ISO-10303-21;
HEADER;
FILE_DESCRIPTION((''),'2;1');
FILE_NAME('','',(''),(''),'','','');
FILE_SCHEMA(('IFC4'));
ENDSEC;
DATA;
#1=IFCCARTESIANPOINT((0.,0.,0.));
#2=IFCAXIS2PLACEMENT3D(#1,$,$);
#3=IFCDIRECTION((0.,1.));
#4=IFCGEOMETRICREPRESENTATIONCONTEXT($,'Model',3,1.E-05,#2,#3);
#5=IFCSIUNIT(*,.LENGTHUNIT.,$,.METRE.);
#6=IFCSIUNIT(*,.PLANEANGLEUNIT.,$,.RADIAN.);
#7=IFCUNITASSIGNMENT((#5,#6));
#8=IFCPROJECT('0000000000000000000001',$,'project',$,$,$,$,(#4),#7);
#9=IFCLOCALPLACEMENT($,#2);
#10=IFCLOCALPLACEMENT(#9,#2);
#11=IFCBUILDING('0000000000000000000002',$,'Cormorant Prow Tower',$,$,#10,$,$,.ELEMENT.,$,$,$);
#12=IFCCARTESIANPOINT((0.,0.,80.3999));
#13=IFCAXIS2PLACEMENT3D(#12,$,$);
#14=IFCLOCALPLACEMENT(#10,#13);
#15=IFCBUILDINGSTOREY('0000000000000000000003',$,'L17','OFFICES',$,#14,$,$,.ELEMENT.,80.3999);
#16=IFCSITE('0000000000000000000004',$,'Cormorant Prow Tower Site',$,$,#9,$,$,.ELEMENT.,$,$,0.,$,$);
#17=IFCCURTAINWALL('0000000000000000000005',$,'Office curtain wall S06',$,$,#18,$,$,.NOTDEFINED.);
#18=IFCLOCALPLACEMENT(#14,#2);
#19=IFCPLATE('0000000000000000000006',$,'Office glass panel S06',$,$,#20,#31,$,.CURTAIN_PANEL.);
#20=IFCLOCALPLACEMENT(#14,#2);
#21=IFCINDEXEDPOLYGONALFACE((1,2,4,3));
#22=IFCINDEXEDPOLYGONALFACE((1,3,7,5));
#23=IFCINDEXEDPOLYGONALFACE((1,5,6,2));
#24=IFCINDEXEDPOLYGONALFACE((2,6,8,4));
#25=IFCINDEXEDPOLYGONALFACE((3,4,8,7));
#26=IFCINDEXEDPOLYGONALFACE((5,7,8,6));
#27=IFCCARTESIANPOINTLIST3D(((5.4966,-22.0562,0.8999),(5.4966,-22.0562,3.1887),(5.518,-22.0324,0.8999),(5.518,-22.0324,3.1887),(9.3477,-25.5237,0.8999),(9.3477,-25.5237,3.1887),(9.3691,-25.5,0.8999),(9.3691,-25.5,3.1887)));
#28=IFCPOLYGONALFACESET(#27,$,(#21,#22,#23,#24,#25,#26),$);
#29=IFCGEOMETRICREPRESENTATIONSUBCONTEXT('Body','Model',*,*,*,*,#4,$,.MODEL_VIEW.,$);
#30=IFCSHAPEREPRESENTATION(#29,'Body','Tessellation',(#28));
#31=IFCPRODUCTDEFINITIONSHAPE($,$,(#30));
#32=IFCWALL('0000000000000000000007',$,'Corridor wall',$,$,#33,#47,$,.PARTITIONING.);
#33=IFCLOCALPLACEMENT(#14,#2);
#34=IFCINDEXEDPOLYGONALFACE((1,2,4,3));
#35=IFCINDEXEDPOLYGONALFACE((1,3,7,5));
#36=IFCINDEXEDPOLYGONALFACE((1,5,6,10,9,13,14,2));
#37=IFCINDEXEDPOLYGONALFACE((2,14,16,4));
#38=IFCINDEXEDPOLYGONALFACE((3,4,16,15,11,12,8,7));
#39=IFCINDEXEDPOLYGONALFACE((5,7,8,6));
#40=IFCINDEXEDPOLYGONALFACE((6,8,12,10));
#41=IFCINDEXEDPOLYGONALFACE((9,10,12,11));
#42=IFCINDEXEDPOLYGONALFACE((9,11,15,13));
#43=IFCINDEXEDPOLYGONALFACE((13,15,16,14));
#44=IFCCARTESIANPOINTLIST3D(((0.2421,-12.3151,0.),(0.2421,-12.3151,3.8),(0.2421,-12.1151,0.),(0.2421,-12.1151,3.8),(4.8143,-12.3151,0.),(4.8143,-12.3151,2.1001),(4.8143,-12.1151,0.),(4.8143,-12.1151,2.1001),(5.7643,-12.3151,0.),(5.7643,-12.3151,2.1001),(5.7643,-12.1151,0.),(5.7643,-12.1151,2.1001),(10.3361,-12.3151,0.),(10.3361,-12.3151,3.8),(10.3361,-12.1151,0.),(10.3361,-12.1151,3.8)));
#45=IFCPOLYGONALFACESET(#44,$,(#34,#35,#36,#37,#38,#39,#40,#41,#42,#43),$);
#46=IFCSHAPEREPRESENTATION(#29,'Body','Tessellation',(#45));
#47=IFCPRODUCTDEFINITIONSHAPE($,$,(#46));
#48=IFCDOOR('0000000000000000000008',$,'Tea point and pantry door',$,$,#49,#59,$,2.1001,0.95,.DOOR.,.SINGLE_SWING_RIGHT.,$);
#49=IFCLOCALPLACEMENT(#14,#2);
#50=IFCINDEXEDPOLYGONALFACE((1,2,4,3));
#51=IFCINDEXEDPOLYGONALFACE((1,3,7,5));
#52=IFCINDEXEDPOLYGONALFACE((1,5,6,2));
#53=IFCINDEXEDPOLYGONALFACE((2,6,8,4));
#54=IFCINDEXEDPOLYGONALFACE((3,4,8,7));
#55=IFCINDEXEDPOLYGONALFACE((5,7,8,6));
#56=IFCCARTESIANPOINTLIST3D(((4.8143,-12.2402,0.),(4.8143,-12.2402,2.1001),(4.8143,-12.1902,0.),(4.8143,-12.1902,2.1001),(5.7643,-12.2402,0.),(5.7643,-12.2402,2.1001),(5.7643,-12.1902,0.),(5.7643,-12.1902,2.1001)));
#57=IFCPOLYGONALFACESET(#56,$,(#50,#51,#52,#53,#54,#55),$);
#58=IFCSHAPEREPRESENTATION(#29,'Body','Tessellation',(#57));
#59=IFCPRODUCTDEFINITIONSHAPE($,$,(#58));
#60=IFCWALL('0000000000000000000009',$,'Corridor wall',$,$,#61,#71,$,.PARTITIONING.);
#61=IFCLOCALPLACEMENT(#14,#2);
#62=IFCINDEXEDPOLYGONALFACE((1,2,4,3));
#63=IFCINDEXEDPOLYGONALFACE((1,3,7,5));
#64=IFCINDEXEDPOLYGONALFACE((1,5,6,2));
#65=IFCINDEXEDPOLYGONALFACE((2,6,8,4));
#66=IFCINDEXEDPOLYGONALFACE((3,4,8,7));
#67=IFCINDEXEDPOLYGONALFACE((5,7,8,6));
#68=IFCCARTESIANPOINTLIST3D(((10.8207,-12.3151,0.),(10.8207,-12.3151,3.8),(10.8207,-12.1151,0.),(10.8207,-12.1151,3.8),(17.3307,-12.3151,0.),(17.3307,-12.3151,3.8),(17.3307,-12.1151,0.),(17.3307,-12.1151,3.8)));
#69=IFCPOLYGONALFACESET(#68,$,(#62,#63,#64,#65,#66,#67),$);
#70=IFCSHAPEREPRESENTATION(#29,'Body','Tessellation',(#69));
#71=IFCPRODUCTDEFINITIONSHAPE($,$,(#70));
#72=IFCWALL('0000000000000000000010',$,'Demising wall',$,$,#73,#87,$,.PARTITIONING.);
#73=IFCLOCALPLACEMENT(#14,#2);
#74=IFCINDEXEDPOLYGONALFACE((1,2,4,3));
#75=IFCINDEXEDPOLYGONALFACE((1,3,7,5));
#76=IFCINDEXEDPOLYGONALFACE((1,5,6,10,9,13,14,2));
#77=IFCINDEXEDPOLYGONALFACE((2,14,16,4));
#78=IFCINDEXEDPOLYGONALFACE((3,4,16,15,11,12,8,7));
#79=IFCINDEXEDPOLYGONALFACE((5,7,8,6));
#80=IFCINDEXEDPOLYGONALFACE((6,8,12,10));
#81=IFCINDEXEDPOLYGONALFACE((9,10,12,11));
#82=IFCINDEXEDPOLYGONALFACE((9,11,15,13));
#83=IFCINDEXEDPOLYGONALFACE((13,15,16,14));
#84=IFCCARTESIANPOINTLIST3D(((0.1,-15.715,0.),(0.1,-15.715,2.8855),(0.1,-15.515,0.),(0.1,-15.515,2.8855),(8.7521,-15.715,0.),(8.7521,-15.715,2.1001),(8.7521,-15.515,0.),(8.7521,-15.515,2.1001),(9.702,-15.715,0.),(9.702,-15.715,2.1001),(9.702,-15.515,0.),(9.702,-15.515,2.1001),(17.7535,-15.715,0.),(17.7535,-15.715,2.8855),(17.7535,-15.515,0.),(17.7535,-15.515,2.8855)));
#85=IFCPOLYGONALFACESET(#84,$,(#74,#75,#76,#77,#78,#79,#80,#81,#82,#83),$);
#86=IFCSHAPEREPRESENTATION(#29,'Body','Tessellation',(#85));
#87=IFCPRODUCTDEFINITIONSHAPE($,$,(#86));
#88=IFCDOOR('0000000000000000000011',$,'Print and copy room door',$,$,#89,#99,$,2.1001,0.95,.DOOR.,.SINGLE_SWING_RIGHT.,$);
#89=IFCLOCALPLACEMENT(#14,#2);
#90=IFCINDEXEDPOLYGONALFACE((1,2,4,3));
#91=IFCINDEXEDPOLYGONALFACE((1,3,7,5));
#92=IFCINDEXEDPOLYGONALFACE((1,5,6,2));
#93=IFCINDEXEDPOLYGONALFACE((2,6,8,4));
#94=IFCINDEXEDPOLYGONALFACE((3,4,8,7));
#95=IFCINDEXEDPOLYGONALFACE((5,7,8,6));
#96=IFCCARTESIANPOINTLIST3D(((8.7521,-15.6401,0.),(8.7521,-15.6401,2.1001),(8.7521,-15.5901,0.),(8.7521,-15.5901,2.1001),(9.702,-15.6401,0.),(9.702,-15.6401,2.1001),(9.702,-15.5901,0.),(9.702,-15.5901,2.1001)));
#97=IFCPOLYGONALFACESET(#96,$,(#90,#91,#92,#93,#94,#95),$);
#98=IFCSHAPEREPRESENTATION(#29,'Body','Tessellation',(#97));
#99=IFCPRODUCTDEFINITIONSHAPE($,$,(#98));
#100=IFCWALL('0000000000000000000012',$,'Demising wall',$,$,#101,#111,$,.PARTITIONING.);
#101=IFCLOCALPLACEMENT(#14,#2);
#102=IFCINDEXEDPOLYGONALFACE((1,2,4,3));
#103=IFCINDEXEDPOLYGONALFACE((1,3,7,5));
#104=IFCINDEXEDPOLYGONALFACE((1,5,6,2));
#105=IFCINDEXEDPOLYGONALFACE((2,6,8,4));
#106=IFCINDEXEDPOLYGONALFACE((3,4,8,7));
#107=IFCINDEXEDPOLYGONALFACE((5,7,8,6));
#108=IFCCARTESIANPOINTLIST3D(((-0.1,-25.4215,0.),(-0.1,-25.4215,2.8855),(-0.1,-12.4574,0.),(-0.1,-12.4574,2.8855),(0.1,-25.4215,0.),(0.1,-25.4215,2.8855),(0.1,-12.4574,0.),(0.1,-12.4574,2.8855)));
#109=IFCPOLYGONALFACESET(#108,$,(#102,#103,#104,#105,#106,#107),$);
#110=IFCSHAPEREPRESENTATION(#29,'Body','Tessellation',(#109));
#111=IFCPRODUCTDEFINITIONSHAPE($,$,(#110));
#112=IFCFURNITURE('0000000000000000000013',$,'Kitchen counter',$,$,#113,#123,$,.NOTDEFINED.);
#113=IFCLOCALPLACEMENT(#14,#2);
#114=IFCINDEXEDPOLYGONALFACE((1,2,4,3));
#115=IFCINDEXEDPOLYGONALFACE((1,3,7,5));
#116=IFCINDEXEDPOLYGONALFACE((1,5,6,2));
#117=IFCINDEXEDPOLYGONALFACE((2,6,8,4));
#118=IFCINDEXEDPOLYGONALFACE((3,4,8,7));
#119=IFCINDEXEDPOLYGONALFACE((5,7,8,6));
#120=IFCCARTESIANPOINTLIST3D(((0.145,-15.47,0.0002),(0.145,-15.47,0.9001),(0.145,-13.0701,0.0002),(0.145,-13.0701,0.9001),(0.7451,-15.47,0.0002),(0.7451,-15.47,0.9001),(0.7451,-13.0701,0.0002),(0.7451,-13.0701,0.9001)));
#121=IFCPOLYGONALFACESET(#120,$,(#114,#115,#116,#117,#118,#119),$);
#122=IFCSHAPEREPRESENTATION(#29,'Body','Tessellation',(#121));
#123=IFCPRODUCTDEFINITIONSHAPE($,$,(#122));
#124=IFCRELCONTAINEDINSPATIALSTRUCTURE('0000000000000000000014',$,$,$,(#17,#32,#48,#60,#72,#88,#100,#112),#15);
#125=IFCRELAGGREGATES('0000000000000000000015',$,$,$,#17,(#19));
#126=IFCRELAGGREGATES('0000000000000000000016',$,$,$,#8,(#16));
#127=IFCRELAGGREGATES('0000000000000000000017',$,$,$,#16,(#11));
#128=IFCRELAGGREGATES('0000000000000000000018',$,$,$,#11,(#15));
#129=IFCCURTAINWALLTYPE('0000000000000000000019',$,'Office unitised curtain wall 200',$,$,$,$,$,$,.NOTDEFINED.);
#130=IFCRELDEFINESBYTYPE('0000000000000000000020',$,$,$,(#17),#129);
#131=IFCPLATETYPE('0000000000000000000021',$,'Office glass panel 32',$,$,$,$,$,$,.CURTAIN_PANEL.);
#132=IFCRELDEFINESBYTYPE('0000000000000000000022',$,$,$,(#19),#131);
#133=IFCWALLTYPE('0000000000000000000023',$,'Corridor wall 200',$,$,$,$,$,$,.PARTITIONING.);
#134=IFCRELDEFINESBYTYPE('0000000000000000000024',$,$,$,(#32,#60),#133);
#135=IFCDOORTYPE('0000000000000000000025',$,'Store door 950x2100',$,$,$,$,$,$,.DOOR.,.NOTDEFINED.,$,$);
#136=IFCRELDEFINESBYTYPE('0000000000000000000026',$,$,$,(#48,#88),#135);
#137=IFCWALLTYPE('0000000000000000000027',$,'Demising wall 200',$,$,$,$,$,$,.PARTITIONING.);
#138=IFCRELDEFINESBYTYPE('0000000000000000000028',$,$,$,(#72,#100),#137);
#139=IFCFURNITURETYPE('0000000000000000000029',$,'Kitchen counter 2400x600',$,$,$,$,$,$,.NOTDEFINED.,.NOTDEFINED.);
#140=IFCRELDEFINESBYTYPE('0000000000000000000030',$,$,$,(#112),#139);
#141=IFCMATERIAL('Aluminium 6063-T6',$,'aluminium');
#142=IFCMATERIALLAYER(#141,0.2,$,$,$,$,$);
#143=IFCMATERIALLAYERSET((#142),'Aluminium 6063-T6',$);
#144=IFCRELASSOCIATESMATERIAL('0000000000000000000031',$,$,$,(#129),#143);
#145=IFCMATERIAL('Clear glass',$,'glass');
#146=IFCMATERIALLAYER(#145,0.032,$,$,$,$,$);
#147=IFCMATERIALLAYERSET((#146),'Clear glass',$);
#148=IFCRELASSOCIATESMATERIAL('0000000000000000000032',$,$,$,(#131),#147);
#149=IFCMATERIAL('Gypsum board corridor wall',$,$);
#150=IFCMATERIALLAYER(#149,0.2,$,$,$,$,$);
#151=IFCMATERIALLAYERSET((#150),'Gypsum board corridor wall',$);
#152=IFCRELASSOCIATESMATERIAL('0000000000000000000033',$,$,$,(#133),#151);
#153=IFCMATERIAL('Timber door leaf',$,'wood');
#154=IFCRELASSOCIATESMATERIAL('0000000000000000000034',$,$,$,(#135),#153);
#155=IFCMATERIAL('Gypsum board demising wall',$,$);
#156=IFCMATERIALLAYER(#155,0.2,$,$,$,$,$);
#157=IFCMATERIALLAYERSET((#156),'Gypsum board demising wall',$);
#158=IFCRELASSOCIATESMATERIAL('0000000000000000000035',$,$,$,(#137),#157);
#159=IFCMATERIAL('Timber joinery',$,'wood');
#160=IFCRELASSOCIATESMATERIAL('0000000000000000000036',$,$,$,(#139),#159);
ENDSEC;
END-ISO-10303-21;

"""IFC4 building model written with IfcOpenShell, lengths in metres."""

from ifc_helpers import new_model, si_unit, direction, frame, frame_2d, origin, origin_2d, place, context, subcontext, project, spatial, rectangle, extrude, material, layer, layer_set, type_object, element, fill, aggregate, save


model = new_model("IFC4")

# Units and contexts
model_context = context("Model", 3, precision=1e-05, world=origin(), true_north=direction((0.0, 1.0)))
body_context = subcontext(model_context, "Body", "Model", "MODEL_VIEW")
ifc_project = project(units=[si_unit("LENGTHUNIT", "METRE"), si_unit("PLANEANGLEUNIT", "RADIAN")], contexts=[model_context])

# Site, building, storey
site_placement = place(None, origin())
site = spatial("IfcSite", under=ifc_project, at=site_placement, Name="Cormorant Prow Tower Site", CompositionType="ELEMENT", RefElevation=0.0)
building_placement = place(site_placement, origin())
building = spatial("IfcBuilding", under=site, at=building_placement, Name="Cormorant Prow Tower", CompositionType="ELEMENT")
storey_placement = place(building_placement, frame((0.0, 0.0, 80.3999)))
storey = spatial("IfcBuildingStorey", under=building, at=storey_placement, Name="L17", Description="OFFICES", CompositionType="ELEMENT", Elevation=80.3999)

# Curtain wall
ifc_material_1 = material(Name="Aluminium 6063-T6", Category="aluminium")
ifc_layer_1 = layer(ifc_material_1, 0.2)
ifc_layer_set_1 = layer_set([ifc_layer_1], Name="Aluminium 6063-T6")
curtain_wall_type = type_object("IfcCurtainWallType", Name="Office unitised curtain wall 200", PredefinedType="NOTDEFINED", material=ifc_layer_set_1)
curtain_wall_1_placement = place(storey_placement, origin())
curtain_wall_1 = element("IfcCurtainWall", 1, at=curtain_wall_1_placement, inside=storey, type_object=curtain_wall_type, Name="Office curtain wall S06", PredefinedType="NOTDEFINED")

# Plate
ifc_material_2 = material(Name="Clear glass", Category="glass")
ifc_layer_2 = layer(ifc_material_2, 0.032)
ifc_layer_set_2 = layer_set([ifc_layer_2], Name="Clear glass")
plate_type = type_object("IfcPlateType", Name="Office glass panel 32", PredefinedType="CURTAIN_PANEL", material=ifc_layer_set_2)
plate_placement = place(storey_placement, frame((7.4329, -23.7781, 0.8999), z_axis=(0.0, 0.0, 1.0), x_axis=(0.743145, -0.669131, 0.0)))
plate = element("IfcPlate", 2, at=plate_placement, type_object=plate_type, Name="Office glass panel S06", PredefinedType="CURTAIN_PANEL", context=body_context, shape_type="SweptSolid", body=[
    extrude(rectangle(XDim=5.1821, YDim=0.032, at=origin_2d()), origin(), (0.0, 0.0, 1.0), 2.2888),
])
aggregate(curtain_wall_1, [plate])

# Wall, opening, door
ifc_material_3 = material(Name="Gypsum board corridor wall")
ifc_layer_3 = layer(ifc_material_3, 0.2)
ifc_layer_set_3 = layer_set([ifc_layer_3], Name="Gypsum board corridor wall")
wall_type_1 = type_object("IfcWallType", Name="Corridor wall 200", PredefinedType="PARTITIONING", material=ifc_layer_set_3)
wall_1_placement = place(storey_placement, frame((0.2422, -12.2151, 0.0), z_axis=(0.0, 0.0, 1.0), x_axis=(1.0, 0.0, 0.0)))
wall_1 = element("IfcWall", 3, at=wall_1_placement, inside=storey, type_object=wall_type_1, Name="Corridor wall", PredefinedType="PARTITIONING", context=body_context, shape_type="SweptSolid", body=[
    extrude(rectangle(XDim=10.094, YDim=0.2, at=frame_2d((5.0469, 0.0))), origin(), (0.0, 0.0, 1.0), 3.8),
])
opening_1_placement = place(wall_1_placement, frame((4.572, 0.0, 0.0)))
opening_1 = element("IfcOpeningElement", 4, at=opening_1_placement, cuts=wall_1, PredefinedType="OPENING", context=body_context, shape_type="SweptSolid", body=[
    extrude(rectangle(XDim=0.95, YDim=2.1001, at=frame_2d((0.4751, 1.05))), frame((0.0, 0.1099, 0.0), z_axis=(0.0, -1.0, 0.0), x_axis=(1.0, 0.0, 0.0)), (0.0, 0.0, 1.0), 0.22),
])
ifc_material_4 = material(Name="Timber door leaf", Category="wood")
door_type_1 = type_object("IfcDoorType", Name="Store door 950x2100", OperationType="NOTDEFINED", PredefinedType="DOOR", material=ifc_material_4)
door_1_placement = place(opening_1_placement, origin())
door_1 = element("IfcDoor", 5, at=door_1_placement, inside=storey, type_object=door_type_1, Name="Tea point and pantry door", OperationType="SINGLE_SWING_RIGHT", OverallHeight=2.1001, OverallWidth=0.95, PredefinedType="DOOR", context=body_context, shape_type="SweptSolid", body=[
    extrude(rectangle(XDim=0.95, YDim=2.1001, at=frame_2d((0.4751, 1.05))), frame((0.0, 0.0249, 0.0), z_axis=(0.0, -1.0, 0.0), x_axis=(1.0, 0.0, 0.0)), (0.0, 0.0, 1.0), 0.05),
])
fill(opening_1, door_1)

# Wall
wall_2_placement = place(storey_placement, frame((10.8208, -12.2151, 0.0), z_axis=(0.0, 0.0, 1.0), x_axis=(1.0, 0.0, 0.0)))
element("IfcWall", 6, at=wall_2_placement, inside=storey, type_object=wall_type_1, Name="Corridor wall", PredefinedType="PARTITIONING", context=body_context, shape_type="SweptSolid", body=[
    extrude(rectangle(XDim=6.51, YDim=0.2, at=frame_2d((3.2549, 0.0))), origin(), (0.0, 0.0, 1.0), 3.8),
])

# Wall, opening, door
ifc_material_5 = material(Name="Gypsum board demising wall")
ifc_layer_4 = layer(ifc_material_5, 0.2)
ifc_layer_set_4 = layer_set([ifc_layer_4], Name="Gypsum board demising wall")
wall_type_2 = type_object("IfcWallType", Name="Demising wall 200", PredefinedType="PARTITIONING", material=ifc_layer_set_4)
wall_3_placement = place(storey_placement, frame((0.1001, -15.615, 0.0), z_axis=(0.0, 0.0, 1.0), x_axis=(1.0, 0.0, 0.0)))
wall_3 = element("IfcWall", 7, at=wall_3_placement, inside=storey, type_object=wall_type_2, Name="Demising wall", PredefinedType="PARTITIONING", context=body_context, shape_type="SweptSolid", body=[
    extrude(rectangle(XDim=17.6536, YDim=0.2, at=frame_2d((8.8267, 0.0))), origin(), (0.0, 0.0, 1.0), 2.8855),
])
opening_2_placement = place(wall_3_placement, frame((8.6519, 0.0, 0.0)))
opening_2 = element("IfcOpeningElement", 8, at=opening_2_placement, cuts=wall_3, PredefinedType="OPENING", context=body_context, shape_type="SweptSolid", body=[
    extrude(rectangle(XDim=0.95, YDim=2.1001, at=frame_2d((0.4751, 1.05))), frame((0.0, 0.1099, 0.0), z_axis=(0.0, -1.0, 0.0), x_axis=(1.0, 0.0, 0.0)), (0.0, 0.0, 1.0), 0.22),
])
door_2_placement = place(opening_2_placement, origin())
door_2 = element("IfcDoor", 9, at=door_2_placement, inside=storey, type_object=door_type_1, Name="Print and copy room door", OperationType="SINGLE_SWING_RIGHT", OverallHeight=2.1001, OverallWidth=0.95, PredefinedType="DOOR", context=body_context, shape_type="SweptSolid", body=[
    extrude(rectangle(XDim=0.95, YDim=2.1001, at=frame_2d((0.4751, 1.05))), frame((0.0, 0.0249, 0.0), z_axis=(0.0, -1.0, 0.0), x_axis=(1.0, 0.0, 0.0)), (0.0, 0.0, 1.0), 0.05),
])
fill(opening_2, door_2)

# Wall
wall_4_placement = place(storey_placement, frame((0.0, -25.4214, 0.0), z_axis=(0.0, 0.0, 1.0), x_axis=(0.0, 1.0, 0.0)))
element("IfcWall", 10, at=wall_4_placement, inside=storey, type_object=wall_type_2, Name="Demising wall", PredefinedType="PARTITIONING", context=body_context, shape_type="SweptSolid", body=[
    extrude(rectangle(XDim=12.9641, YDim=0.2, at=frame_2d((6.4819, 0.0))), origin(), (0.0, 0.0, 1.0), 2.8855),
])

# Furniture
ifc_material_6 = material(Name="Timber joinery", Category="wood")
furniture_type = type_object("IfcFurnitureType", Name="Kitchen counter 2400x600", AssemblyPlace="NOTDEFINED", PredefinedType="NOTDEFINED", material=ifc_material_6)
furniture_placement = place(storey_placement, frame((0.4451, -14.27, 0.0002), z_axis=(0.0, 0.0, 1.0), x_axis=(0.0, 1.0, 0.0)))
element("IfcFurniture", 11, at=furniture_placement, inside=storey, type_object=furniture_type, Name="Kitchen counter", PredefinedType="NOTDEFINED", context=body_context, shape_type="SweptSolid", body=[
    extrude(rectangle(XDim=2.3999, YDim=0.6001, at=origin_2d()), origin(), (0.0, 0.0, 1.0), 0.8999),
])

save(model, "model.ifc")
